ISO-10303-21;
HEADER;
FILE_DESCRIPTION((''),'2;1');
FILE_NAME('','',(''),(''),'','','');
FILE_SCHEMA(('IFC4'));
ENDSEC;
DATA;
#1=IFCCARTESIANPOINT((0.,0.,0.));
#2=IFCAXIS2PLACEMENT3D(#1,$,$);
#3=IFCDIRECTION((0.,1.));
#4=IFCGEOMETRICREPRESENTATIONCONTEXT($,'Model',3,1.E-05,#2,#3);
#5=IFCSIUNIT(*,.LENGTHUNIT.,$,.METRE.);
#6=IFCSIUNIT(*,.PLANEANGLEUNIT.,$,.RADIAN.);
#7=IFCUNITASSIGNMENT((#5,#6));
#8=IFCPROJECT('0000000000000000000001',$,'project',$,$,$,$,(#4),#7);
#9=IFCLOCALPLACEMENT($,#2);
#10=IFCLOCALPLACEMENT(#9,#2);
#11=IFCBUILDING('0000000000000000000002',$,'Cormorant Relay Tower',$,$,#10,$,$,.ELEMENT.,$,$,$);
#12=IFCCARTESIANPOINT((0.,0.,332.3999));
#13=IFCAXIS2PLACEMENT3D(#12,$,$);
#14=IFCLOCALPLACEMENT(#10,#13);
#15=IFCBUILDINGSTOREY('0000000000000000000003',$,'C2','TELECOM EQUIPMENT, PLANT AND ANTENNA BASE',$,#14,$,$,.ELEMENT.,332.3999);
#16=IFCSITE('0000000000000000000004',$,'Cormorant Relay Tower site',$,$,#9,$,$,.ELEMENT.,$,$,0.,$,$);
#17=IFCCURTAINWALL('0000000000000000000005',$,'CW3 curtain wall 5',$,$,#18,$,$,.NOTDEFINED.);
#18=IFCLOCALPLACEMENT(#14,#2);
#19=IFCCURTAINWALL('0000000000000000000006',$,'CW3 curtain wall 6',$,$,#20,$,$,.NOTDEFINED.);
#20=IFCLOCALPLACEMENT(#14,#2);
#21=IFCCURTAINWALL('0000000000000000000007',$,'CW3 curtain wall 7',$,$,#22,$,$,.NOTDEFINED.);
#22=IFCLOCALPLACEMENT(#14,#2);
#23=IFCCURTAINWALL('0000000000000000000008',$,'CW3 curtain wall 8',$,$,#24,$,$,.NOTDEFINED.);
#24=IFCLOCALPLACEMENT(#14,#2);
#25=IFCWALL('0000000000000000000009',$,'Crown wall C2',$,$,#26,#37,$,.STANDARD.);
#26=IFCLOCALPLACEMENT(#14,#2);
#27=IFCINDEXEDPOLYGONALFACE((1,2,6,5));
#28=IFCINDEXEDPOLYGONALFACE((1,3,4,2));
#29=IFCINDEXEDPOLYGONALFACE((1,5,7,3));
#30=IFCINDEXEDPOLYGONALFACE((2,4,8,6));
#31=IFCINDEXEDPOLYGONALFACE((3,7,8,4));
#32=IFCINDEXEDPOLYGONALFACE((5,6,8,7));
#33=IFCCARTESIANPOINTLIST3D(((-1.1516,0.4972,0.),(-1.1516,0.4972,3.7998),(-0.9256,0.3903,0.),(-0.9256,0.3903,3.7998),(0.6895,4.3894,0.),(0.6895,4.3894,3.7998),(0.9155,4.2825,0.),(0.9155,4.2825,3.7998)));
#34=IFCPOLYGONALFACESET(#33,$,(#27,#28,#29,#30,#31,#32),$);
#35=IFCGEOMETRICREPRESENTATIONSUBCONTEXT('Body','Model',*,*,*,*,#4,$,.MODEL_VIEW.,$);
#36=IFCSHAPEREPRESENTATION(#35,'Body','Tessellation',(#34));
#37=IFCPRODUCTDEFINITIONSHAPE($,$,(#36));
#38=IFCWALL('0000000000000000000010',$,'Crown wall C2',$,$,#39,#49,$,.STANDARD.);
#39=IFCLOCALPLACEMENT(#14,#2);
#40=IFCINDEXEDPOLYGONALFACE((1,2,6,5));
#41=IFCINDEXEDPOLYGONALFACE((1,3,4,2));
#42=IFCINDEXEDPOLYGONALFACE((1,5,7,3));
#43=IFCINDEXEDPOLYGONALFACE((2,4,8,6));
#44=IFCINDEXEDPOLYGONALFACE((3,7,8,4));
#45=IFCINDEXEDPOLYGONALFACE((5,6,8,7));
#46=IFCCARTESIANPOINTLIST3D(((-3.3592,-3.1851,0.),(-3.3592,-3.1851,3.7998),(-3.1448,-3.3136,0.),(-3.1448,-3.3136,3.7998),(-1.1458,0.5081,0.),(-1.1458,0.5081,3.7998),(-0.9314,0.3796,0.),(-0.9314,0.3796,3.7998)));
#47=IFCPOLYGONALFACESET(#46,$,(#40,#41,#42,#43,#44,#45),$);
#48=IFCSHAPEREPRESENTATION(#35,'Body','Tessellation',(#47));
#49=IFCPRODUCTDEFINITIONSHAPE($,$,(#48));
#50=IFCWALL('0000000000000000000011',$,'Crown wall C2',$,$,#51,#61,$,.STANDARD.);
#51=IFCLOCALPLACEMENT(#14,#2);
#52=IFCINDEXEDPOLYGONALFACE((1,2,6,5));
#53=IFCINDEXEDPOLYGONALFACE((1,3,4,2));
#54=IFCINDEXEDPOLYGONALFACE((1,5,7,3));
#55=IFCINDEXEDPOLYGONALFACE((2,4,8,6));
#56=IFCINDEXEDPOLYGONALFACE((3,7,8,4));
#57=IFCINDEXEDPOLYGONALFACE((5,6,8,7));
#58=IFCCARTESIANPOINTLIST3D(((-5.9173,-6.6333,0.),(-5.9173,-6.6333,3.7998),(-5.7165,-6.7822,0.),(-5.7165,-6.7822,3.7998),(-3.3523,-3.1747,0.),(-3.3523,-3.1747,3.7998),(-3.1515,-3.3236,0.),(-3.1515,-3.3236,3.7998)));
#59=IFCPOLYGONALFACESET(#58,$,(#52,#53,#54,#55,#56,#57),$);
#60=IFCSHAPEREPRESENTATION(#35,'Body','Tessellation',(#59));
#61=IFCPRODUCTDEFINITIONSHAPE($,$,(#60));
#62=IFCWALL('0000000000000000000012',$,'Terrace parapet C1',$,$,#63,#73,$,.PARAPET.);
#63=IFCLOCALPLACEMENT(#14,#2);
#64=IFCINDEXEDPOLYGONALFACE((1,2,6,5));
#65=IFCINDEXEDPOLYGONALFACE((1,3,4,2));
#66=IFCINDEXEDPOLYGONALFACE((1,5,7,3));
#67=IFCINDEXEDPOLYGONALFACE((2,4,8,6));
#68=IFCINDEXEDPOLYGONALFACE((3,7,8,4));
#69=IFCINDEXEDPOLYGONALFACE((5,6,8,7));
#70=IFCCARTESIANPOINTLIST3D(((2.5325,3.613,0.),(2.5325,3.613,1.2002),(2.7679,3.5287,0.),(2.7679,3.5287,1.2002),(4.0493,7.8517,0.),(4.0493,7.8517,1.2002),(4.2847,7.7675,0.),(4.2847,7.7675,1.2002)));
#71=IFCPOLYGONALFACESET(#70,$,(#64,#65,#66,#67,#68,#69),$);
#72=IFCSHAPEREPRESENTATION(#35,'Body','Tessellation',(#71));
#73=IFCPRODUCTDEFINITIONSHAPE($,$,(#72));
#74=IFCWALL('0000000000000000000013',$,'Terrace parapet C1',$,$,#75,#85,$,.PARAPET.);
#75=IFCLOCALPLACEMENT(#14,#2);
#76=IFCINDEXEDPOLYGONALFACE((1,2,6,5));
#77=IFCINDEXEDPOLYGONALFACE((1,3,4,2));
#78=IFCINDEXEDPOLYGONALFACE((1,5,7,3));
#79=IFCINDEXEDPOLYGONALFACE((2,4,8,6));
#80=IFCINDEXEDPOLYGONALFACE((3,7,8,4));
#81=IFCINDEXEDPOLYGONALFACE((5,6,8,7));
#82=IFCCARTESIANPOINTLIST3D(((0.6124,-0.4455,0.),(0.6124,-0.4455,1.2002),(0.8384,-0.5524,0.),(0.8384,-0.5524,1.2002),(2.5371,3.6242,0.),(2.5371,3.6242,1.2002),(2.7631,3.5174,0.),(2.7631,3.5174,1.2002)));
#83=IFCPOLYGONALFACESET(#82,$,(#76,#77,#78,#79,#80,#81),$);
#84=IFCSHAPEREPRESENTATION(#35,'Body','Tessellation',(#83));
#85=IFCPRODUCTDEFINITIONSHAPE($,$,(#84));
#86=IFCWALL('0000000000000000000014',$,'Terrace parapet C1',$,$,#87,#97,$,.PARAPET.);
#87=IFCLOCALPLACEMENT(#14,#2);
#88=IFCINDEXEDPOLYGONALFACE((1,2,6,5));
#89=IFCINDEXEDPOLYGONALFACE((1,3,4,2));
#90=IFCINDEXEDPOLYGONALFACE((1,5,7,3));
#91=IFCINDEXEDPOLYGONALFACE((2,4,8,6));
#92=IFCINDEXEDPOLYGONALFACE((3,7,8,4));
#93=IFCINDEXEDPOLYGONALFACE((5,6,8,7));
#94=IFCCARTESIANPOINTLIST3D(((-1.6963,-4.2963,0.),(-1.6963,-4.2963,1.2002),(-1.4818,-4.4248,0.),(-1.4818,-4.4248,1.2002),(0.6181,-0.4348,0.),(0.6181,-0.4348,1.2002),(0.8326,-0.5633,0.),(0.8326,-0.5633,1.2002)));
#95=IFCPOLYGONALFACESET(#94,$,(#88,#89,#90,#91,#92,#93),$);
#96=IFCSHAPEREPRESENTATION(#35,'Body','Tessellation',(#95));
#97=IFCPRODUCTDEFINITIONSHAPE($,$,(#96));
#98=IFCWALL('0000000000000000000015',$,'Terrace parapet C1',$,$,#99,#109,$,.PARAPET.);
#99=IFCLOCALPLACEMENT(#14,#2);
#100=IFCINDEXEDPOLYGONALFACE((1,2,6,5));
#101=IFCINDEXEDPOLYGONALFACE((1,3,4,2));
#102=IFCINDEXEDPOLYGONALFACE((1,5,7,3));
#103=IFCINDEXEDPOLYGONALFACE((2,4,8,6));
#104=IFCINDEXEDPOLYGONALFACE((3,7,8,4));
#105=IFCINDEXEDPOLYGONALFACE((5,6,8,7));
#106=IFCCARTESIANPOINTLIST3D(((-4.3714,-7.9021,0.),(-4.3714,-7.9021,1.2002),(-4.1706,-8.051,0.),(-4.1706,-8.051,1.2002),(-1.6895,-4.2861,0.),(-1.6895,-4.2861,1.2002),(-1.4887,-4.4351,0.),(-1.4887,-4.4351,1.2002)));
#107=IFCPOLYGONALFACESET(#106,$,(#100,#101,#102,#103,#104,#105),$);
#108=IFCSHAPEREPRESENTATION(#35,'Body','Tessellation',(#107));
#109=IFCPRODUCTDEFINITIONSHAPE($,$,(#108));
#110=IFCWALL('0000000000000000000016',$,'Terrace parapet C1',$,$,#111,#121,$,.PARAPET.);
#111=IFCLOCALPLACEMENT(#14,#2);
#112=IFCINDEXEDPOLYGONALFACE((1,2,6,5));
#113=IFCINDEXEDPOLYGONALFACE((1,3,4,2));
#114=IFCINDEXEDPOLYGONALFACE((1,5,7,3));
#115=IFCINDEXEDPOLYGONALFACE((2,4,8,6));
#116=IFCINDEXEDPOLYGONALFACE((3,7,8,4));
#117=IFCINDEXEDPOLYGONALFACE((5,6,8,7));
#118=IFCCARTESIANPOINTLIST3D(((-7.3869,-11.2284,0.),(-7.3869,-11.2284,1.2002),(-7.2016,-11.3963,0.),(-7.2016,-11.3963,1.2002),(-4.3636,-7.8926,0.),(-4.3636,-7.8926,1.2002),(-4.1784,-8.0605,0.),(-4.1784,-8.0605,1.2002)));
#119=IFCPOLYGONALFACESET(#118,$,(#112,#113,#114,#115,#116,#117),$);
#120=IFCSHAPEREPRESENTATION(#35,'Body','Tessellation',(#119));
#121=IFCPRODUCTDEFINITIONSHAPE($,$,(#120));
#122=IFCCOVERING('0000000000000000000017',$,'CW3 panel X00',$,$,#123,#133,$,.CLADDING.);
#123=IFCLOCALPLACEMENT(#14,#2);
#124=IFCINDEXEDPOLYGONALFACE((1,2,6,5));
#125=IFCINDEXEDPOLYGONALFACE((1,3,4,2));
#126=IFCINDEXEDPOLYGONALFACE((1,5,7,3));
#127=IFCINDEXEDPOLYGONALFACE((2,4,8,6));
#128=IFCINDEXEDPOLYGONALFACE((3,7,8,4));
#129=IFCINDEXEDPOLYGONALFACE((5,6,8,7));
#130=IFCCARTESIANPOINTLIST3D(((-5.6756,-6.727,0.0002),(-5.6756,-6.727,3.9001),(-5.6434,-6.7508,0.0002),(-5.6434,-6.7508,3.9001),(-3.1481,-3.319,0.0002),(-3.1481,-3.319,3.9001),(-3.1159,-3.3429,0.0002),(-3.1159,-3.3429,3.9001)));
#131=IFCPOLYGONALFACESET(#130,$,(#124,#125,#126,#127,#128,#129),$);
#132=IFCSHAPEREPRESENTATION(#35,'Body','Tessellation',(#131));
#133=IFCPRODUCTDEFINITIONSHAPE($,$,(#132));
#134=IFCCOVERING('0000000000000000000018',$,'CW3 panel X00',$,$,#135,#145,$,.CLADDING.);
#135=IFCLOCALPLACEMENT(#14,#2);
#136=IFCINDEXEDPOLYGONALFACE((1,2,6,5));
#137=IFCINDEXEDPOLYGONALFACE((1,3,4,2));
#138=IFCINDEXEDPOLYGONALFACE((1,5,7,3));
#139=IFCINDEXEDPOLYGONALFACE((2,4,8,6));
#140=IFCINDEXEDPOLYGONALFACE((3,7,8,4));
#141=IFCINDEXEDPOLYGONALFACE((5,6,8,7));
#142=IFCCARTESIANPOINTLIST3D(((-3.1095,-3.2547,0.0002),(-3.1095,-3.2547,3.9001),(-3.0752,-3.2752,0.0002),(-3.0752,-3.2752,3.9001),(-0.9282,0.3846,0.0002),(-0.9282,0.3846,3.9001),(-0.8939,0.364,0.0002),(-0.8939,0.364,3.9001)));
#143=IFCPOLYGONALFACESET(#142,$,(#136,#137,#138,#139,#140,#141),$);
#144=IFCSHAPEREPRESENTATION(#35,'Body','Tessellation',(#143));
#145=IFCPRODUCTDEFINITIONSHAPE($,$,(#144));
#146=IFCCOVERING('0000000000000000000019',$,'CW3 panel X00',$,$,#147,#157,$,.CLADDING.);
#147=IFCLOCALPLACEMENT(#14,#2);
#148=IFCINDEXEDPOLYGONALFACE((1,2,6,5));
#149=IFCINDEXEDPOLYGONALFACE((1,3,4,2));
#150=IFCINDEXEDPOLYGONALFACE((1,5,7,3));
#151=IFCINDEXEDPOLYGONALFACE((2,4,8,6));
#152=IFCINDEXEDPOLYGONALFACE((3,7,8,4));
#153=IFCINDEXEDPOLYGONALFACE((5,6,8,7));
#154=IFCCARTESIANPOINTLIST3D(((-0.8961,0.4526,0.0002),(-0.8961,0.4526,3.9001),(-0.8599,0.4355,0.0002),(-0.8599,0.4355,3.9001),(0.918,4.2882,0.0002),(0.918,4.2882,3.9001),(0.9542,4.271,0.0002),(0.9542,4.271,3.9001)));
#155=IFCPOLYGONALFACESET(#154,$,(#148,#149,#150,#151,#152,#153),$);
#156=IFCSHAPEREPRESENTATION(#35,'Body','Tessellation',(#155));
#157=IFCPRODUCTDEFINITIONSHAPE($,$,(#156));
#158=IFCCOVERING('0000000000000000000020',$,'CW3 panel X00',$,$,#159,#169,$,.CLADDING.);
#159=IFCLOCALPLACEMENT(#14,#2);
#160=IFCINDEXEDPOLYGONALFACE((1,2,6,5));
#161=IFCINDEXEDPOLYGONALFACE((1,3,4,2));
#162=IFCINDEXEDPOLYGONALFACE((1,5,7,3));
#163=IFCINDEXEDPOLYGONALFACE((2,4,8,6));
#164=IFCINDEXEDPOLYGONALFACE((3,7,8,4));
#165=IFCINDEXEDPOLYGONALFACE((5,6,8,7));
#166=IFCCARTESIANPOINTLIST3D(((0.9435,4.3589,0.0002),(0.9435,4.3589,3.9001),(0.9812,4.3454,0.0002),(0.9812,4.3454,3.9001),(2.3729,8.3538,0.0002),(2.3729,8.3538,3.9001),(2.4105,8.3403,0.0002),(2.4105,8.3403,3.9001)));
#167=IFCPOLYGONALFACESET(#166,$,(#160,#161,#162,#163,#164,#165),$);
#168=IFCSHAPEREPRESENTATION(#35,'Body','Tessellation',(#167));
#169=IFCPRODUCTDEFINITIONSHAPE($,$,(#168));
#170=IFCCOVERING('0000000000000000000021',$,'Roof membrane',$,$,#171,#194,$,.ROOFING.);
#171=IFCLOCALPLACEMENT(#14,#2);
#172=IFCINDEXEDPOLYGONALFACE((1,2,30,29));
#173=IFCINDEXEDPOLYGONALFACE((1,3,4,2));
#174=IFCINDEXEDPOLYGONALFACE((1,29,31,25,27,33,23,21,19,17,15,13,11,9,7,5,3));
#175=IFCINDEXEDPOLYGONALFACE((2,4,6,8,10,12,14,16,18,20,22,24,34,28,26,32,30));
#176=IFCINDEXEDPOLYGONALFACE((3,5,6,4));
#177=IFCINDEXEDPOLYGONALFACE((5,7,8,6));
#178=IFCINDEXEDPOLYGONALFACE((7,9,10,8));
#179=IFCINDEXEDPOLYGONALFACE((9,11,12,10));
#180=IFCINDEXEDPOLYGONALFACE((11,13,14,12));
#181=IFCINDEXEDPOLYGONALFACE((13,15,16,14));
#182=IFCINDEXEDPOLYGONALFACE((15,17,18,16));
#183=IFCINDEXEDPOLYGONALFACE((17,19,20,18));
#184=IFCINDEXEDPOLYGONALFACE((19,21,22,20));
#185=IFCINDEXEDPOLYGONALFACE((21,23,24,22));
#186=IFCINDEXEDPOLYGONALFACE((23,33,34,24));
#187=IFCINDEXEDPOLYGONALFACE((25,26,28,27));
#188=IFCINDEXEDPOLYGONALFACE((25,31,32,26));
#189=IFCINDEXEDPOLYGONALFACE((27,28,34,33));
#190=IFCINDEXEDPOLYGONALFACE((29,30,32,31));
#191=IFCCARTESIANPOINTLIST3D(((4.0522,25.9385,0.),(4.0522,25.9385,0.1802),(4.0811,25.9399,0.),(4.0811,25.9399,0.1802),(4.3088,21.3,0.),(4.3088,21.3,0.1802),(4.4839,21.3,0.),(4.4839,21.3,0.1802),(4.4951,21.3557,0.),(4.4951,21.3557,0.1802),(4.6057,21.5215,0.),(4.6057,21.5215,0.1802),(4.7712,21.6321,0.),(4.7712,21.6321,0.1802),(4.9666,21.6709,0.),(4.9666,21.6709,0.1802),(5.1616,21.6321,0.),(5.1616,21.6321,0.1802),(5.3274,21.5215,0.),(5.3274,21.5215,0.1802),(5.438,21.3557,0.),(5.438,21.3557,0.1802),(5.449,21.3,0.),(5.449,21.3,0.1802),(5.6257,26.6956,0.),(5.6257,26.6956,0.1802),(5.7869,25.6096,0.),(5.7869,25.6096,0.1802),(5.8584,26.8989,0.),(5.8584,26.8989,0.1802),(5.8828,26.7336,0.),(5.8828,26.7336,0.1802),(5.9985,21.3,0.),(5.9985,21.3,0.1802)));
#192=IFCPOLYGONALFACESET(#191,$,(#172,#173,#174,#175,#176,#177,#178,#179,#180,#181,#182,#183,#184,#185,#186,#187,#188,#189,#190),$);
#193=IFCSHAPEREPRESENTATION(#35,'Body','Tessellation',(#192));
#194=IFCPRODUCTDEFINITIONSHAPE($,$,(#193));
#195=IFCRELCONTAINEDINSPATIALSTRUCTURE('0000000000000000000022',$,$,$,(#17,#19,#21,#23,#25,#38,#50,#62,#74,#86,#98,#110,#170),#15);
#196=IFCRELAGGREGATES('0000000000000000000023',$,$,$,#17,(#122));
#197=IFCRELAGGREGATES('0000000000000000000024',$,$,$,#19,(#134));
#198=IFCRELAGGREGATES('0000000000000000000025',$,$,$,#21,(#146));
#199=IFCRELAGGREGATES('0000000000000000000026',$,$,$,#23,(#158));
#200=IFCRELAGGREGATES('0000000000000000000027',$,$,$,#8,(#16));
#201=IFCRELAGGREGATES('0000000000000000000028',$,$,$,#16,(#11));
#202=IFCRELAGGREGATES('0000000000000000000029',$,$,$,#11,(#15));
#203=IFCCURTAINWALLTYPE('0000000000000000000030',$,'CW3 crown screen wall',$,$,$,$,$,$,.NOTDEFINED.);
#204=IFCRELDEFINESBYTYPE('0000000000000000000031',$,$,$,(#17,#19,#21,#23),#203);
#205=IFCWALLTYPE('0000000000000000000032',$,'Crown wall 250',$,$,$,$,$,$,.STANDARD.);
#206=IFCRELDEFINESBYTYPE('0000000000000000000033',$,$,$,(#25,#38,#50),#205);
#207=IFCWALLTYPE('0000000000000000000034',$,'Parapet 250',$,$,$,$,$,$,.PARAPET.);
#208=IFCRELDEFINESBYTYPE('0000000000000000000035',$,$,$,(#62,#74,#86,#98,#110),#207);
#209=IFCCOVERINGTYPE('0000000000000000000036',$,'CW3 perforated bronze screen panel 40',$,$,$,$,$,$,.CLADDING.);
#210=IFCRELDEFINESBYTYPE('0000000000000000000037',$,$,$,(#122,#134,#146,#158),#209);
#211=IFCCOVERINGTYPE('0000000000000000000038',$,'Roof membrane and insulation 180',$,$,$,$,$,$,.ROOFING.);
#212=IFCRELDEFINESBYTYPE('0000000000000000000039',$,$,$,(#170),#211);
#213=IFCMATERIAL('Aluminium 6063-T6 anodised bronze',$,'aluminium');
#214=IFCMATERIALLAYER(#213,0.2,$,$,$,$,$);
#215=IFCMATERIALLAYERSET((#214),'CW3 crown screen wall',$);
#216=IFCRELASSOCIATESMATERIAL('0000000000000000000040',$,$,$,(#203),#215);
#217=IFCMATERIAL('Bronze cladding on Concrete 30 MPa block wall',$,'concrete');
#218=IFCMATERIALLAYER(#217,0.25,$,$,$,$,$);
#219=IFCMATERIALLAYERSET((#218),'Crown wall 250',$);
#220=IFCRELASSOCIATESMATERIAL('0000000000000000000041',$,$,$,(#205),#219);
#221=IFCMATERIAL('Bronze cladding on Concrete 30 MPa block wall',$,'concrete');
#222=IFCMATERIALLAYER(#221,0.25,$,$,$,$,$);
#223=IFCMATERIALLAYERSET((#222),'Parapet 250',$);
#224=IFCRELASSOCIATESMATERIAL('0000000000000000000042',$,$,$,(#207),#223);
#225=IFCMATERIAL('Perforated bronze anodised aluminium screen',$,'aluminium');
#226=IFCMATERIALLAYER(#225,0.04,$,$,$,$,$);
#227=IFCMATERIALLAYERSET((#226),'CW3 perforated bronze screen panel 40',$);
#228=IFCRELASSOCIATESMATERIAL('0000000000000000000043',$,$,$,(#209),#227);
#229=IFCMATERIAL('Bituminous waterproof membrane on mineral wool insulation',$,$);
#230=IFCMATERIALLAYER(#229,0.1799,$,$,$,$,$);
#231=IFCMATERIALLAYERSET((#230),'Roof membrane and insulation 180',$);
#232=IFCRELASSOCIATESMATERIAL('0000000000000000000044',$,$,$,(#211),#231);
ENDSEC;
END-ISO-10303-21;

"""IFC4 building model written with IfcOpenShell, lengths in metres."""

from ifc_helpers import new_model, si_unit, direction, frame, frame_2d, origin, origin_2d, place, context, subcontext, project, spatial, polyline, rectangle, outline, extrude, material, layer, layer_set, type_object, element, aggregate, save


model = new_model("IFC4")

# Units and contexts
model_context = context("Model", 3, precision=1e-05, world=origin(), true_north=direction((0.0, 1.0)))
body_context = subcontext(model_context, "Body", "Model", "MODEL_VIEW")
ifc_project = project(units=[si_unit("LENGTHUNIT", "METRE"), si_unit("PLANEANGLEUNIT", "RADIAN")], contexts=[model_context])

# Site, building, storey
site_placement = place(None, origin())
site = spatial("IfcSite", under=ifc_project, at=site_placement, Name="Cormorant Relay Tower site", CompositionType="ELEMENT", RefElevation=0.0)
building_placement = place(site_placement, origin())
building = spatial("IfcBuilding", under=site, at=building_placement, Name="Cormorant Relay Tower", CompositionType="ELEMENT")
storey_placement = place(building_placement, frame((0.0, 0.0, 332.3999)))
storey = spatial("IfcBuildingStorey", under=building, at=storey_placement, Name="C2", Description="TELECOM EQUIPMENT, PLANT AND ANTENNA BASE", CompositionType="ELEMENT", Elevation=332.3999)

# Curtain walls
ifc_material_1 = material(Name="Aluminium 6063-T6 anodised bronze", Category="aluminium")
ifc_layer_1 = layer(ifc_material_1, 0.2)
ifc_layer_set_1 = layer_set([ifc_layer_1], Name="CW3 crown screen wall")
curtain_wall_type = type_object("IfcCurtainWallType", Name="CW3 crown screen wall", PredefinedType="NOTDEFINED", material=ifc_layer_set_1)
curtain_wall_1_placement = place(storey_placement, origin())
curtain_wall_1 = element("IfcCurtainWall", 1, at=curtain_wall_1_placement, inside=storey, type_object=curtain_wall_type, Name="CW3 curtain wall 5", PredefinedType="NOTDEFINED")
curtain_wall_2_placement = place(storey_placement, origin())
curtain_wall_2 = element("IfcCurtainWall", 2, at=curtain_wall_2_placement, inside=storey, type_object=curtain_wall_type, Name="CW3 curtain wall 6", PredefinedType="NOTDEFINED")
curtain_wall_3_placement = place(storey_placement, origin())
curtain_wall_3 = element("IfcCurtainWall", 3, at=curtain_wall_3_placement, inside=storey, type_object=curtain_wall_type, Name="CW3 curtain wall 7", PredefinedType="NOTDEFINED")
curtain_wall_4_placement = place(storey_placement, origin())
curtain_wall_4 = element("IfcCurtainWall", 4, at=curtain_wall_4_placement, inside=storey, type_object=curtain_wall_type, Name="CW3 curtain wall 8", PredefinedType="NOTDEFINED")

# Walls
ifc_material_2 = material(Name="Bronze cladding on Concrete 30 MPa block wall", Category="concrete")
ifc_layer_2 = layer(ifc_material_2, 0.25)
ifc_layer_set_2 = layer_set([ifc_layer_2], Name="Crown wall 250")
wall_type_1 = type_object("IfcWallType", Name="Crown wall 250", PredefinedType="STANDARD", material=ifc_layer_set_2)
for number, where, z_axis, x_axis, name in (
    (5, (0.8025, 4.3359, 0.0), (0.0, 0.0, 1.0), (-0.427601, -0.903967, 0.0), "Crown wall C2"),
    (6, (-1.0386, 0.4438, 0.0), (0.0, 0.0, 1.0), (-0.51407, -0.857748, 0.0), "Crown wall C2"),
):
    element("IfcWall", number, at=place(storey_placement, frame(where, z_axis=z_axis, x_axis=x_axis)), inside=storey, type_object=wall_type_1, Name=name, PredefinedType="STANDARD", context=body_context, shape_type="SweptSolid", body=[
        extrude(rectangle(XDim=4.3057, YDim=0.25, at=frame_2d((2.1528, 0.0))), origin(), (0.0, 0.0, 1.0), 3.7998),
    ])
wall_placement = place(storey_placement, frame((-3.252, -3.2493, 0.0), z_axis=(0.0, 0.0, 1.0), x_axis=(-0.595691, -0.803214, 0.0)))
element("IfcWall", 7, at=wall_placement, inside=storey, type_object=wall_type_1, Name="Crown wall C2", PredefinedType="STANDARD", context=body_context, shape_type="SweptSolid", body=[
    extrude(rectangle(XDim=4.3059, YDim=0.25, at=frame_2d((2.1528, 0.0))), origin(), (0.0, 0.0, 1.0), 3.7998),
])
ifc_material_3 = material(Name="Bronze cladding on Concrete 30 MPa block wall", Category="concrete")
ifc_layer_3 = layer(ifc_material_3, 0.25)
ifc_layer_set_3 = layer_set([ifc_layer_3], Name="Parapet 250")
wall_type_2 = type_object("IfcWallType", Name="Parapet 250", PredefinedType="PARAPET", material=ifc_layer_set_3)
for number, where, z_axis, x_axis, name in (
    (8, (4.167, 7.8096, 0.0), (0.0, 0.0, 1.0), (-0.336927, -0.941531, 0.0), "Terrace parapet C1"),
    (9, (2.6501, 3.5708, 0.0), (0.0, 0.0, 1.0), (-0.427541, -0.903996, 0.0), "Terrace parapet C1"),
    (10, (0.7253, -0.499, 0.0), (0.0, 0.0, 1.0), (-0.514089, -0.857737, 0.0), "Terrace parapet C1"),
    (11, (-1.5891, -4.3606, 0.0), (0.0, 0.0, 1.0), (-0.595714, -0.803197, 0.0), "Terrace parapet C1"),
    (12, (-4.271, -7.9766, 0.0), (0.0, 0.0, 1.0), (-0.671546, -0.740962, 0.0), "Terrace parapet C1"),
):
    element("IfcWall", number, at=place(storey_placement, frame(where, z_axis=z_axis, x_axis=x_axis)), inside=storey, type_object=wall_type_2, Name=name, PredefinedType="PARAPET", context=body_context, shape_type="SweptSolid", body=[
        extrude(rectangle(XDim=4.502, YDim=0.25, at=frame_2d((2.251, 0.0))), origin(), (0.0, 0.0, 1.0), 1.2002),
    ])

# Coverings
ifc_material_4 = material(Name="Perforated bronze anodised aluminium screen", Category="aluminium")
ifc_layer_4 = layer(ifc_material_4, 0.04)
ifc_layer_set_4 = layer_set([ifc_layer_4], Name="CW3 perforated bronze screen panel 40")
covering_type_1 = type_object("IfcCoveringType", Name="CW3 perforated bronze screen panel 40", PredefinedType="CLADDING", material=ifc_layer_set_4)
covering_1_placement = place(storey_placement, frame((-4.3958, -5.0349, 0.0002), z_axis=(0.0, 0.0, 1.0), x_axis=(0.595699, 0.803208, 0.0)))
covering_1 = element("IfcCovering", 13, at=covering_1_placement, type_object=covering_type_1, Name="CW3 panel X00", PredefinedType="CLADDING", context=body_context, shape_type="SweptSolid", body=[
    extrude(rectangle(XDim=4.2429, YDim=0.04, at=origin_2d()), origin(), (0.0, 0.0, 1.0), 3.8999),
])
aggregate(curtain_wall_1, [covering_1])
covering_2_placement = place(storey_placement, frame((-2.0017, -1.4453, 0.0002), z_axis=(0.0, 0.0, 1.0), x_axis=(0.514103, 0.857729, 0.0)))
covering_2 = element("IfcCovering", 14, at=covering_2_placement, type_object=covering_type_1, Name="CW3 panel X00", PredefinedType="CLADDING", context=body_context, shape_type="SweptSolid", body=[
    extrude(rectangle(XDim=4.2429, YDim=0.04, at=origin_2d()), origin(), (0.0, 0.0, 1.0), 3.8999),
])
aggregate(curtain_wall_2, [covering_2])
covering_3_placement = place(storey_placement, frame((0.0291, 2.3618, 0.0002), z_axis=(0.0, 0.0, 1.0), x_axis=(0.427555, 0.903989, 0.0)))
covering_3 = element("IfcCovering", 15, at=covering_3_placement, type_object=covering_type_1, Name="CW3 panel X00", PredefinedType="CLADDING", context=body_context, shape_type="SweptSolid", body=[
    extrude(rectangle(XDim=4.2429, YDim=0.04, at=origin_2d()), origin(), (0.0, 0.0, 1.0), 3.8999),
])
aggregate(curtain_wall_3, [covering_3])
covering_4_placement = place(storey_placement, frame((1.677, 6.3496, 0.0002), z_axis=(0.0, 0.0, 1.0), x_axis=(0.33689, 0.941544, 0.0)))
covering_4 = element("IfcCovering", 16, at=covering_4_placement, type_object=covering_type_1, Name="CW3 panel X00", PredefinedType="CLADDING", context=body_context, shape_type="SweptSolid", body=[
    extrude(rectangle(XDim=4.2429, YDim=0.04, at=origin_2d()), origin(), (0.0, 0.0, 1.0), 3.8999),
])
aggregate(curtain_wall_4, [covering_4])

# Covering
ifc_material_5 = material(Name="Bituminous waterproof membrane on mineral wool insulation")
ifc_layer_5 = layer(ifc_material_5, 0.1799)
ifc_layer_set_5 = layer_set([ifc_layer_5], Name="Roof membrane and insulation 180")
covering_type_2 = type_object("IfcCoveringType", Name="Roof membrane and insulation 180", PredefinedType="ROOFING", material=ifc_layer_set_5)
covering_5_placement = place(storey_placement, origin())
element("IfcCovering", 17, at=covering_5_placement, inside=storey, type_object=covering_type_2, Name="Roof membrane", PredefinedType="ROOFING", context=body_context, shape_type="SweptSolid", body=[
    extrude(outline(polyline([(4.3088, 21.3), (4.0811, 25.9399), (4.0522, 25.9385), (5.8584, 26.8989), (5.8828, 26.7336), (5.6257, 26.6956), (5.7869, 25.6096), (5.9985, 21.3), (5.449, 21.3), (5.438, 21.3557), (5.3274, 21.5215), (5.1616, 21.6321), (4.9666, 21.6709), (4.7712, 21.6321), (4.6057, 21.5215), (4.4951, 21.3557), (4.4839, 21.3), (4.3088, 21.3)])), origin(), (0.0, 0.0, 1.0), 0.1802),
])

save(model, "model.ifc")
